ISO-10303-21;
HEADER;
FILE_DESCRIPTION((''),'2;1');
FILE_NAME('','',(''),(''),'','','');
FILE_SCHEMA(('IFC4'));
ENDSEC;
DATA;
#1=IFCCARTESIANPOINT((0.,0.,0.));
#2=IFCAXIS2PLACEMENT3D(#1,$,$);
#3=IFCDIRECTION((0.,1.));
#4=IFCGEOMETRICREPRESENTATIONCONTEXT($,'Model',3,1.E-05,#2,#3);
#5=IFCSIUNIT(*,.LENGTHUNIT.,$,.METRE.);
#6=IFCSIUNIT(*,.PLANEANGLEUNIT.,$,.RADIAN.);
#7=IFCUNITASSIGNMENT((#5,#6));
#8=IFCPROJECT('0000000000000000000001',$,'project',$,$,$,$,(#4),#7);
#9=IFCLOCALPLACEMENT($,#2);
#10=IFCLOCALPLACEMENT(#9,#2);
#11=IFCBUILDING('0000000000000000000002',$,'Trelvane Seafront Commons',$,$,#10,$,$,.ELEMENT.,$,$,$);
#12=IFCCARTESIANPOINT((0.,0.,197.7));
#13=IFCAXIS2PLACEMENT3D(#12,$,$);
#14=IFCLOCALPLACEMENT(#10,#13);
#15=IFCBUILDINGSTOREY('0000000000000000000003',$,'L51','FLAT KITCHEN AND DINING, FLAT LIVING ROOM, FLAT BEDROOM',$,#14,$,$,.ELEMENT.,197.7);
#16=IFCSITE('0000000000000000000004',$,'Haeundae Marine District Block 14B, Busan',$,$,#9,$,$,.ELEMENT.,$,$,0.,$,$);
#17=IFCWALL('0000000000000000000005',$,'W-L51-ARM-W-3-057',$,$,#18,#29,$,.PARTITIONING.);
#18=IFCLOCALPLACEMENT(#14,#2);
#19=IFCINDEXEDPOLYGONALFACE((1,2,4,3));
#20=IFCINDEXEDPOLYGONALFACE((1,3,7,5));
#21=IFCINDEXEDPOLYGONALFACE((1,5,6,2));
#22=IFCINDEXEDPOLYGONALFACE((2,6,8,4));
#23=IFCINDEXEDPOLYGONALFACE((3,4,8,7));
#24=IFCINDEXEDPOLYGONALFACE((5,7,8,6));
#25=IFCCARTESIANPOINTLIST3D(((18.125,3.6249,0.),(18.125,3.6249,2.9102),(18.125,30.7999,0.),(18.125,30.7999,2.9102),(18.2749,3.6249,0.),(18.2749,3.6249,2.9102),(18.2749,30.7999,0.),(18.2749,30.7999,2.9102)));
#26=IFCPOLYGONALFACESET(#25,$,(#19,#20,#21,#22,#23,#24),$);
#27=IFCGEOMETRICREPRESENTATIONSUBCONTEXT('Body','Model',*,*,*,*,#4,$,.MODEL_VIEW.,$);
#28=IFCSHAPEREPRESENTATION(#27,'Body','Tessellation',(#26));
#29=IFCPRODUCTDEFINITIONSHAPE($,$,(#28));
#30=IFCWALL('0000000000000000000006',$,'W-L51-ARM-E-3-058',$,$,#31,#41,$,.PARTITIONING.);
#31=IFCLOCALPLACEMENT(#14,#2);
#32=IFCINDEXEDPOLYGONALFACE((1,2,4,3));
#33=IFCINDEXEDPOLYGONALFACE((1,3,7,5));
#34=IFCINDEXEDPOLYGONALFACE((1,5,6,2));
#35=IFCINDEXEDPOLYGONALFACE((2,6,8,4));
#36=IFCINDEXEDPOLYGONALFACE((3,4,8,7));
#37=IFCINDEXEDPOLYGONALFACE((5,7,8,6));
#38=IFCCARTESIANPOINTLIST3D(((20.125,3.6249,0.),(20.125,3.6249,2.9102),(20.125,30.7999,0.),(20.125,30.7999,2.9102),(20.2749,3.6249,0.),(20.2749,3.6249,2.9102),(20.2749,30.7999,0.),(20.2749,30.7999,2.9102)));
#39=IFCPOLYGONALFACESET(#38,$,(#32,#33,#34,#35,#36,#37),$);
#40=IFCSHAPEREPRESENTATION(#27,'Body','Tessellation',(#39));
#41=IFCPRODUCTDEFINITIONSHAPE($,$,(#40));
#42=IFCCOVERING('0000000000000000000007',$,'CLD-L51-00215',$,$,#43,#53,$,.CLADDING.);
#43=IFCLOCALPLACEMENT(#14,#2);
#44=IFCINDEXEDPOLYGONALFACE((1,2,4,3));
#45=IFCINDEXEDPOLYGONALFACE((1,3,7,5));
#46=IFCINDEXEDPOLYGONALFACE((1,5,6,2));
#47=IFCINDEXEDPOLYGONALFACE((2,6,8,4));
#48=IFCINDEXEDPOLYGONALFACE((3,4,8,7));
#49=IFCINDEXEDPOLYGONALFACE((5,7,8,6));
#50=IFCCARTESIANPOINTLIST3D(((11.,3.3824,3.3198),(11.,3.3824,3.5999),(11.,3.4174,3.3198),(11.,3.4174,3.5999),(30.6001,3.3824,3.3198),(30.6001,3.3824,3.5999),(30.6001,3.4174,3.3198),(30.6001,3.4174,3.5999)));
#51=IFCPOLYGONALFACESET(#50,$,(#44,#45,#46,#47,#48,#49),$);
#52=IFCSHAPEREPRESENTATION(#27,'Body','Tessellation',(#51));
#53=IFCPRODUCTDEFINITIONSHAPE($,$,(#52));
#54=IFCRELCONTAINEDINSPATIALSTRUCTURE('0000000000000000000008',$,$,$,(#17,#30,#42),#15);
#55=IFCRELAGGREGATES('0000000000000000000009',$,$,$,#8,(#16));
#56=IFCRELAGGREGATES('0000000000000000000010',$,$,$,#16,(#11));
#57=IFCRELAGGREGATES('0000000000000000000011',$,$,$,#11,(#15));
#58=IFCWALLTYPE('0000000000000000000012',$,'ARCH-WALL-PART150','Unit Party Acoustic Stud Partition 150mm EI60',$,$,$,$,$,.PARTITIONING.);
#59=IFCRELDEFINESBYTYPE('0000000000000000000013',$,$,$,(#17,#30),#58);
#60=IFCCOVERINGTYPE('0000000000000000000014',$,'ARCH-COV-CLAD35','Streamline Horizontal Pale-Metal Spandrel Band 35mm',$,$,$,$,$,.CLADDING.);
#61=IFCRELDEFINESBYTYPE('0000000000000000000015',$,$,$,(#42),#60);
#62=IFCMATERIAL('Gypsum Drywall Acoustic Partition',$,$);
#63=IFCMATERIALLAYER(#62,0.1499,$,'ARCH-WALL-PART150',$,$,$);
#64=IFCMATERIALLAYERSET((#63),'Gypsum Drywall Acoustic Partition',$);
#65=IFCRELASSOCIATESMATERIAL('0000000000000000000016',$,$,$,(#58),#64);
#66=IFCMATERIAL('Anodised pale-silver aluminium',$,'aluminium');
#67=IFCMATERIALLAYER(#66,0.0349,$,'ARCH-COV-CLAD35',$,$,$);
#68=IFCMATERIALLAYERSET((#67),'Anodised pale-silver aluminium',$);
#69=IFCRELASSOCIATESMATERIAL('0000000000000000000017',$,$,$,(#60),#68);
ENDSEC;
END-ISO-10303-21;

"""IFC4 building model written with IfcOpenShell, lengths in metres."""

from ifc_helpers import new_model, si_unit, direction, frame, frame_2d, origin, origin_2d, place, context, subcontext, project, spatial, rectangle, extrude, source, transform, mapped, material, layer, layer_set, type_object, element, save


model = new_model("IFC4")

# Units and contexts
model_context = context("Model", 3, precision=1e-05, world=origin(), true_north=direction((0.0, 1.0)))
body_context = subcontext(model_context, "Body", "Model", "MODEL_VIEW")
ifc_project = project(units=[si_unit("LENGTHUNIT", "METRE"), si_unit("PLANEANGLEUNIT", "RADIAN")], contexts=[model_context])

# Site, building, storey
site_placement = place(None, origin())
site = spatial("IfcSite", under=ifc_project, at=site_placement, Name="Haeundae Marine District Block 14B, Busan", CompositionType="ELEMENT", RefElevation=0.0)
building_placement = place(site_placement, origin())
building = spatial("IfcBuilding", under=site, at=building_placement, Name="Trelvane Seafront Commons", CompositionType="ELEMENT")
storey_placement = place(building_placement, frame((0.0, 0.0, 197.7)))
storey = spatial("IfcBuildingStorey", under=building, at=storey_placement, Name="L51", Description="FLAT KITCHEN AND DINING, FLAT LIVING ROOM, FLAT BEDROOM", CompositionType="ELEMENT", Elevation=197.7)

# Shared definitions
ifc_material_1 = material(Name="Anodised pale-silver aluminium", Category="aluminium")

# Shared definitions
ifc_material_2 = material(Name="Gypsum Drywall Acoustic Partition")

# Walls
ifc_layer_1 = layer(ifc_material_2, 0.1499, Name="ARCH-WALL-PART150")
ifc_layer_set_1 = layer_set([ifc_layer_1], Name="Gypsum Drywall Acoustic Partition")
wall_type_1 = type_object("IfcWallType", Name="ARCH-WALL-PART150", Description="Unit Party Acoustic Stud Partition 150mm EI60", PredefinedType="PARTITIONING", material=ifc_layer_set_1)
for number, where, z_axis, x_axis, name in (
    (1, (18.2, 3.625, 0.0), (0.0, 0.0, 1.0), (0.0, 1.0, 0.0), "W-L51-ARM-W-3-057"),
    (2, (20.2, 3.625, 0.0), (0.0, 0.0, 1.0), (0.0, 1.0, 0.0), "W-L51-ARM-E-3-058"),
):
    element("IfcWall", number, at=place(storey_placement, frame(where, z_axis=z_axis, x_axis=x_axis)), inside=storey, type_object=wall_type_1, Name=name, PredefinedType="PARTITIONING", context=body_context, shape_type="SweptSolid", body=[
        extrude(rectangle(XDim=27.175, YDim=0.1499, at=frame_2d((13.5874, 0.0))), origin(), (0.0, 0.0, 1.0), 2.9102),
    ])

# Covering
ifc_layer_2 = layer(ifc_material_1, 0.0349, Name="ARCH-COV-CLAD35")
ifc_layer_set_2 = layer_set([ifc_layer_2], Name="Anodised pale-silver aluminium")
covering_type = type_object("IfcCoveringType", Name="ARCH-COV-CLAD35", Description="Streamline Horizontal Pale-Metal Spandrel Band 35mm", PredefinedType="CLADDING", material=ifc_layer_set_2)
shared_shape_1 = source(origin(), body_context, "Body", "SweptSolid", [
    extrude(rectangle(XDim=19.6001, YDim=0.0349, at=origin_2d()), origin(), (0.0, 0.0, 1.0), 0.28),
])
covering_placement = place(storey_placement, frame((20.8, 3.3999, 3.3198), z_axis=(0.0, 0.0, 1.0), x_axis=(-1.0, 0.0, 0.0)))
element("IfcCovering", 3, at=covering_placement, inside=storey, type_object=covering_type, Name="CLD-L51-00215", PredefinedType="CLADDING", context=body_context, shape_type="MappedRepresentation", body=[
    mapped(shared_shape_1, transform((0.0, 0.0, 0.0), x_axis=(1.0, 0.0, 0.0), y_axis=(0.0, 1.0, 0.0), z_axis=(0.0, 0.0, 1.0), scale=1.0)),
])

save(model, "model.ifc")
